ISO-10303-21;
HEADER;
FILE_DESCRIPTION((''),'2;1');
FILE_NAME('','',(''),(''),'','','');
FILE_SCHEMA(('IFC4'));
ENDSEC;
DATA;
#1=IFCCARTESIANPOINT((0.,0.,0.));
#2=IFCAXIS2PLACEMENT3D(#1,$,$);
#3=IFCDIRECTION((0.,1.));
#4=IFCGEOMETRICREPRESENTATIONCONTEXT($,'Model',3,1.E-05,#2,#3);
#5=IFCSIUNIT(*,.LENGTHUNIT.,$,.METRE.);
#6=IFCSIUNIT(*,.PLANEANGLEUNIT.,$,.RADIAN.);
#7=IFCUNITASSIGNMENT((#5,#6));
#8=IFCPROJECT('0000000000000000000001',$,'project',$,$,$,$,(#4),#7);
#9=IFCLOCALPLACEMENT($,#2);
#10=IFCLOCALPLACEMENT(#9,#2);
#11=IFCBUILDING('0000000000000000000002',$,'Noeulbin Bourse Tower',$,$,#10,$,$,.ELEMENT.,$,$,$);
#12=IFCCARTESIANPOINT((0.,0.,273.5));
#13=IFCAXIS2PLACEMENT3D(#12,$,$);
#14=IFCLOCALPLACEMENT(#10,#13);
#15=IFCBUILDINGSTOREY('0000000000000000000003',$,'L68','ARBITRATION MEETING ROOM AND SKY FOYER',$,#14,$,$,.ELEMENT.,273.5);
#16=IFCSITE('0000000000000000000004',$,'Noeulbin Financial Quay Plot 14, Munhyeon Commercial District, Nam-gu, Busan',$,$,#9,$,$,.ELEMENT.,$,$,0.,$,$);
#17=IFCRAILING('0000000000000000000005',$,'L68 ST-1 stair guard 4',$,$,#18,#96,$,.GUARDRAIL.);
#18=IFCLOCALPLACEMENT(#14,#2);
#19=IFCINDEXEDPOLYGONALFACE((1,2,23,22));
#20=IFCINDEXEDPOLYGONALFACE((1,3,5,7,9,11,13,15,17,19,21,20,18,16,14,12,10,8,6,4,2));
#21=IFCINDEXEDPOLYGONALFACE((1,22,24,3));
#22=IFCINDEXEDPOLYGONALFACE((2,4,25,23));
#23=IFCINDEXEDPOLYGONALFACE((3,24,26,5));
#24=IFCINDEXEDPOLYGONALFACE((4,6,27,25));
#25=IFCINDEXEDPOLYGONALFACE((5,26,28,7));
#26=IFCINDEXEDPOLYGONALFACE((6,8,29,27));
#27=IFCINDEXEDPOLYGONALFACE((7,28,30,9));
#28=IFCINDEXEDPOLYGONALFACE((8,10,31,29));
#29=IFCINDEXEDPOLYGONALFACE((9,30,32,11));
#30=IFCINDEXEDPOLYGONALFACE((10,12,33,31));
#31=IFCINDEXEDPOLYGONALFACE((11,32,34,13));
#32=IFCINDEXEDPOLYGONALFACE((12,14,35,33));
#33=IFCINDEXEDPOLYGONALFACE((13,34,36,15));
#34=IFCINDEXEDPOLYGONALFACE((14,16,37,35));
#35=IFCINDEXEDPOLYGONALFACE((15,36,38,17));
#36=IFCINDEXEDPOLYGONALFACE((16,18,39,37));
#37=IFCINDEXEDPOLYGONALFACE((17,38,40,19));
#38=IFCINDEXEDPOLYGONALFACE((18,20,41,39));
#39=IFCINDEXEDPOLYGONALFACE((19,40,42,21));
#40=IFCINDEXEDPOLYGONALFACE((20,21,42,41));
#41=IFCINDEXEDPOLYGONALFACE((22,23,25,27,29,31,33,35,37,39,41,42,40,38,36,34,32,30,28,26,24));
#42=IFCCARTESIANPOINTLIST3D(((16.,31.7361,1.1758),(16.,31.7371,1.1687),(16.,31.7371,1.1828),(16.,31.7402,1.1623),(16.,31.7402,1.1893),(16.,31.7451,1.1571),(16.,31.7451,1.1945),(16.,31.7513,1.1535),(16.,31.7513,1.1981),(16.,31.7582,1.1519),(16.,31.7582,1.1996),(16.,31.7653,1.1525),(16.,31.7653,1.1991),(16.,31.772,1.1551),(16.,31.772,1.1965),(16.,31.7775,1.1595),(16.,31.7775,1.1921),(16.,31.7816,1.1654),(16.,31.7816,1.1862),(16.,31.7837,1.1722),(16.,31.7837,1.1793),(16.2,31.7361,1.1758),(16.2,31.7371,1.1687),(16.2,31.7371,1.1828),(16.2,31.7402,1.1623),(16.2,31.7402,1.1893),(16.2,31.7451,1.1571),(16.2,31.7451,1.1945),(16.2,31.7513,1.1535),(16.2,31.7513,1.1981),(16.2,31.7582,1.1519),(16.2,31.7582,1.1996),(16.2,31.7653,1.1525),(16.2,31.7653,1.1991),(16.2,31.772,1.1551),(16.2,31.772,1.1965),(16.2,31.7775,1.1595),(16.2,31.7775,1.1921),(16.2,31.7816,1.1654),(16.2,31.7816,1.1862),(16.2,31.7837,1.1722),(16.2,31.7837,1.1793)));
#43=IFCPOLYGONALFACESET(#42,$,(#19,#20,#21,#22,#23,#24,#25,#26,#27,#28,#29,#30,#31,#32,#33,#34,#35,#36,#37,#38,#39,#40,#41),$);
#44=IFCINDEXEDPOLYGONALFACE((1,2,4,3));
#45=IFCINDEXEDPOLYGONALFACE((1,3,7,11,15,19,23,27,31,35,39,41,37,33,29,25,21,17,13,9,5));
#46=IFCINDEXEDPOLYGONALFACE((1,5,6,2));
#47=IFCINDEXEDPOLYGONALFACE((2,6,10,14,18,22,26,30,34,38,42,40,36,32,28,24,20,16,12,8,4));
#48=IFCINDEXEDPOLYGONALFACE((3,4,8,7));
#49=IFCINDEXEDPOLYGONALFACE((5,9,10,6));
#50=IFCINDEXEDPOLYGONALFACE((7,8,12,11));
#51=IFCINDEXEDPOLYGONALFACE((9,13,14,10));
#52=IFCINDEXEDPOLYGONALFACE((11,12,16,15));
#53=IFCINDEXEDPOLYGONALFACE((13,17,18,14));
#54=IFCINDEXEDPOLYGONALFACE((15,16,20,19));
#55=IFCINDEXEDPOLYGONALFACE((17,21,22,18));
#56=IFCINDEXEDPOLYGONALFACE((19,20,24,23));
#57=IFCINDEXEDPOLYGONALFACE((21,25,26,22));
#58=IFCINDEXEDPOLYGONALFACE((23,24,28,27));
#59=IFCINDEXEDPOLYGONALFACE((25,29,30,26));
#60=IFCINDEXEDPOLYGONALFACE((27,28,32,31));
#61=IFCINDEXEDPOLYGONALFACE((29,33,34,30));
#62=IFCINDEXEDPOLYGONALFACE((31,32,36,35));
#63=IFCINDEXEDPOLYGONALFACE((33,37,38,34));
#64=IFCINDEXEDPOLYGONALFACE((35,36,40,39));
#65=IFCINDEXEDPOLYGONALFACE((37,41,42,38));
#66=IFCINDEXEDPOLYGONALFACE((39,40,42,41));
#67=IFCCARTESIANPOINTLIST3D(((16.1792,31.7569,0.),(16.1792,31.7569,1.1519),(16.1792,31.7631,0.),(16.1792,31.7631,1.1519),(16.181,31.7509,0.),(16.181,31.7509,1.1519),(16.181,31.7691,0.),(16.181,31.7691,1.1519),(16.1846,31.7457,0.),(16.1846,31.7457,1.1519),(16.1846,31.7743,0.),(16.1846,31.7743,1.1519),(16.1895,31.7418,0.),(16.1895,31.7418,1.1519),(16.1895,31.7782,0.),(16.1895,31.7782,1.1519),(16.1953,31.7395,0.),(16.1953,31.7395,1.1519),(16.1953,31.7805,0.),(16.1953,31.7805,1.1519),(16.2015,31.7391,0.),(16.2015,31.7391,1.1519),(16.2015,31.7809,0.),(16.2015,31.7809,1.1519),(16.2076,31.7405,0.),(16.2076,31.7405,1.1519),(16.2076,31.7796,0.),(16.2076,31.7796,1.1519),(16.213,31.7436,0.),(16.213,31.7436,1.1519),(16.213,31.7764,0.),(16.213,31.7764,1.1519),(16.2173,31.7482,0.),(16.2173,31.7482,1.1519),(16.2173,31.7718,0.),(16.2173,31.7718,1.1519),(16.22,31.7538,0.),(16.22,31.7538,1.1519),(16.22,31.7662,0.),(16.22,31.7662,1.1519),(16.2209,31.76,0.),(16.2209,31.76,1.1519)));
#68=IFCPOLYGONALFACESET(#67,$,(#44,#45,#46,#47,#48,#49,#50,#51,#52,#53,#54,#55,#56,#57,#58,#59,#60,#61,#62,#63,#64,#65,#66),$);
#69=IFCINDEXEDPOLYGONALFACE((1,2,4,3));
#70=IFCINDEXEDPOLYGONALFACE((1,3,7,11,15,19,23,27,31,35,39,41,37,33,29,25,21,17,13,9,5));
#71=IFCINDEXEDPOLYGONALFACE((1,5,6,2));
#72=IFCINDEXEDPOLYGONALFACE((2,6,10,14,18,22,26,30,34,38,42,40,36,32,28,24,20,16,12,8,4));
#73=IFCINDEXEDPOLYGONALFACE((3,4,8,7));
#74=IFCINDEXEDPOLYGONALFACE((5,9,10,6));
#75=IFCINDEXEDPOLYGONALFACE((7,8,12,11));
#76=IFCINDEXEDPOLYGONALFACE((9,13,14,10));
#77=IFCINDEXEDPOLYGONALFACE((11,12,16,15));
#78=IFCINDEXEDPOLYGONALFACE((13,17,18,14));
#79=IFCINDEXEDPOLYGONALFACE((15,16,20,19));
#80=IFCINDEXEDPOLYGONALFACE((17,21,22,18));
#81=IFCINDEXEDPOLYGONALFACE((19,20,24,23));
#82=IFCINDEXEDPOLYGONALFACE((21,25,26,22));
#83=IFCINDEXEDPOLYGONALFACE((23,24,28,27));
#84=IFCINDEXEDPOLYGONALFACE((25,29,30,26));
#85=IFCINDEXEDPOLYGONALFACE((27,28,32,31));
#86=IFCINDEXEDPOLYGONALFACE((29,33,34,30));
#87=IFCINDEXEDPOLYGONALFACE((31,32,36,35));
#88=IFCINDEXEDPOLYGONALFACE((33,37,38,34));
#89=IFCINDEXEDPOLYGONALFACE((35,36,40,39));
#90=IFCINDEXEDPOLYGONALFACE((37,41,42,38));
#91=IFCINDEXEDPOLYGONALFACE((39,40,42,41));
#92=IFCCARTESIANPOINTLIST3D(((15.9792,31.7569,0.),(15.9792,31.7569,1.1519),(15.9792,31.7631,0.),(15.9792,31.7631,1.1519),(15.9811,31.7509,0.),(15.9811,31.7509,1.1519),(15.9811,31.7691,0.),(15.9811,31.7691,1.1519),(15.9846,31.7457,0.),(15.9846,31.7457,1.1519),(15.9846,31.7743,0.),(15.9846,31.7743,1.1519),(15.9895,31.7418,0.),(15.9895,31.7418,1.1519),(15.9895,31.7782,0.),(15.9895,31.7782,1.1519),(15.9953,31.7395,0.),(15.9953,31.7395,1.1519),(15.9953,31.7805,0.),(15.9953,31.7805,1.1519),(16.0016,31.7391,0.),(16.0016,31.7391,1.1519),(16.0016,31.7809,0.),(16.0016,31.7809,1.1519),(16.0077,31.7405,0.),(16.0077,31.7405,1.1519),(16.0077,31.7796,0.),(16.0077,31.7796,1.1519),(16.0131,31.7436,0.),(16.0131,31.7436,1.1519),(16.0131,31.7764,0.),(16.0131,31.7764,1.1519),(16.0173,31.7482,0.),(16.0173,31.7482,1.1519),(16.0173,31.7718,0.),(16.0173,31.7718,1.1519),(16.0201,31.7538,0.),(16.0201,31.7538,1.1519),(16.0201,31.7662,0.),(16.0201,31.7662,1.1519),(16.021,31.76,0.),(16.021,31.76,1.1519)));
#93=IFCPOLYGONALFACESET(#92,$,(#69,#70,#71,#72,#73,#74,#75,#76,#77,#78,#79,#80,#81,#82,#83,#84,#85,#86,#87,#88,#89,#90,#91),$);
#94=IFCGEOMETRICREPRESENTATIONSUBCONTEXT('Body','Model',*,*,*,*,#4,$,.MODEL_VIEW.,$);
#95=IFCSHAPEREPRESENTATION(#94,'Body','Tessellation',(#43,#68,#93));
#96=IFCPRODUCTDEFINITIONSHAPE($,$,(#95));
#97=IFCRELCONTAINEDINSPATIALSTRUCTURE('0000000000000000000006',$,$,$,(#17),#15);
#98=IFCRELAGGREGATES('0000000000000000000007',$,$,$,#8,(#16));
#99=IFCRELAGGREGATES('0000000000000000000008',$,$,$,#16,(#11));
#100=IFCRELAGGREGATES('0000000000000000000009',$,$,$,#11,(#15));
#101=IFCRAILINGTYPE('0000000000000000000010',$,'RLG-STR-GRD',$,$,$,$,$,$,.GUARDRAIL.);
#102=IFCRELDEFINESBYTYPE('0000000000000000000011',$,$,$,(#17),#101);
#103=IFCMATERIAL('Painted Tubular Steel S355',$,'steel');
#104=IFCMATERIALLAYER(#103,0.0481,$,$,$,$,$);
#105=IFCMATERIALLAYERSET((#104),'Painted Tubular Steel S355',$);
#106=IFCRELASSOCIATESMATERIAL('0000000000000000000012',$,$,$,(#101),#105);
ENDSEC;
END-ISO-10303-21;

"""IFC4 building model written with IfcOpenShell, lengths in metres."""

from ifc_helpers import new_model, si_unit, direction, frame, origin, origin_2d, place, context, subcontext, project, spatial, circle, extrude, material, layer, layer_set, type_object, element, save


model = new_model("IFC4")

# Units and contexts
model_context = context("Model", 3, precision=1e-05, world=origin(), true_north=direction((0.0, 1.0)))
body_context = subcontext(model_context, "Body", "Model", "MODEL_VIEW")
ifc_project = project(units=[si_unit("LENGTHUNIT", "METRE"), si_unit("PLANEANGLEUNIT", "RADIAN")], contexts=[model_context])

# Site, building, storey
site_placement = place(None, origin())
site = spatial("IfcSite", under=ifc_project, at=site_placement, Name="Noeulbin Financial Quay Plot 14, Munhyeon Commercial District, Nam-gu, Busan", CompositionType="ELEMENT", RefElevation=0.0)
building_placement = place(site_placement, origin())
building = spatial("IfcBuilding", under=site, at=building_placement, Name="Noeulbin Bourse Tower", CompositionType="ELEMENT")
storey_placement = place(building_placement, frame((0.0, 0.0, 273.5)))
storey = spatial("IfcBuildingStorey", under=building, at=storey_placement, Name="L68", Description="ARBITRATION MEETING ROOM AND SKY FOYER", CompositionType="ELEMENT", Elevation=273.5)

# Railing
ifc_material_1 = material(Name="Painted Tubular Steel S355", Category="steel")
ifc_layer_1 = layer(ifc_material_1, 0.0481)
ifc_layer_set_1 = layer_set([ifc_layer_1], Name="Painted Tubular Steel S355")
railing_type_1 = type_object("IfcRailingType", Name="RLG-STR-GRD", PredefinedType="GUARDRAIL", material=ifc_layer_set_1)
railing_1_placement = place(storey_placement, frame((16.2, 31.76, 0.0)))
element("IfcRailing", 1, at=railing_1_placement, inside=storey, type_object=railing_type_1, Name="L68 ST-1 stair guard 4", PredefinedType="GUARDRAIL", context=body_context, shape_type="SweptSolid", body=[
    extrude(circle(Radius=0.0239, at=origin_2d()), frame((0.0, 0.0, 1.1758), z_axis=(-1.0, 0.0, 0.0), x_axis=(0.0, -1.0, 0.0)), (0.0, 0.0, 1.0), 0.2),
    extrude(circle(Radius=0.021, at=origin_2d()), origin(), (0.0, 0.0, 1.0), 1.1519),
    extrude(circle(Radius=0.021, at=origin_2d()), frame((-0.2, 0.0, 0.0)), (0.0, 0.0, 1.0), 1.1519),
])

save(model, "model.ifc")
